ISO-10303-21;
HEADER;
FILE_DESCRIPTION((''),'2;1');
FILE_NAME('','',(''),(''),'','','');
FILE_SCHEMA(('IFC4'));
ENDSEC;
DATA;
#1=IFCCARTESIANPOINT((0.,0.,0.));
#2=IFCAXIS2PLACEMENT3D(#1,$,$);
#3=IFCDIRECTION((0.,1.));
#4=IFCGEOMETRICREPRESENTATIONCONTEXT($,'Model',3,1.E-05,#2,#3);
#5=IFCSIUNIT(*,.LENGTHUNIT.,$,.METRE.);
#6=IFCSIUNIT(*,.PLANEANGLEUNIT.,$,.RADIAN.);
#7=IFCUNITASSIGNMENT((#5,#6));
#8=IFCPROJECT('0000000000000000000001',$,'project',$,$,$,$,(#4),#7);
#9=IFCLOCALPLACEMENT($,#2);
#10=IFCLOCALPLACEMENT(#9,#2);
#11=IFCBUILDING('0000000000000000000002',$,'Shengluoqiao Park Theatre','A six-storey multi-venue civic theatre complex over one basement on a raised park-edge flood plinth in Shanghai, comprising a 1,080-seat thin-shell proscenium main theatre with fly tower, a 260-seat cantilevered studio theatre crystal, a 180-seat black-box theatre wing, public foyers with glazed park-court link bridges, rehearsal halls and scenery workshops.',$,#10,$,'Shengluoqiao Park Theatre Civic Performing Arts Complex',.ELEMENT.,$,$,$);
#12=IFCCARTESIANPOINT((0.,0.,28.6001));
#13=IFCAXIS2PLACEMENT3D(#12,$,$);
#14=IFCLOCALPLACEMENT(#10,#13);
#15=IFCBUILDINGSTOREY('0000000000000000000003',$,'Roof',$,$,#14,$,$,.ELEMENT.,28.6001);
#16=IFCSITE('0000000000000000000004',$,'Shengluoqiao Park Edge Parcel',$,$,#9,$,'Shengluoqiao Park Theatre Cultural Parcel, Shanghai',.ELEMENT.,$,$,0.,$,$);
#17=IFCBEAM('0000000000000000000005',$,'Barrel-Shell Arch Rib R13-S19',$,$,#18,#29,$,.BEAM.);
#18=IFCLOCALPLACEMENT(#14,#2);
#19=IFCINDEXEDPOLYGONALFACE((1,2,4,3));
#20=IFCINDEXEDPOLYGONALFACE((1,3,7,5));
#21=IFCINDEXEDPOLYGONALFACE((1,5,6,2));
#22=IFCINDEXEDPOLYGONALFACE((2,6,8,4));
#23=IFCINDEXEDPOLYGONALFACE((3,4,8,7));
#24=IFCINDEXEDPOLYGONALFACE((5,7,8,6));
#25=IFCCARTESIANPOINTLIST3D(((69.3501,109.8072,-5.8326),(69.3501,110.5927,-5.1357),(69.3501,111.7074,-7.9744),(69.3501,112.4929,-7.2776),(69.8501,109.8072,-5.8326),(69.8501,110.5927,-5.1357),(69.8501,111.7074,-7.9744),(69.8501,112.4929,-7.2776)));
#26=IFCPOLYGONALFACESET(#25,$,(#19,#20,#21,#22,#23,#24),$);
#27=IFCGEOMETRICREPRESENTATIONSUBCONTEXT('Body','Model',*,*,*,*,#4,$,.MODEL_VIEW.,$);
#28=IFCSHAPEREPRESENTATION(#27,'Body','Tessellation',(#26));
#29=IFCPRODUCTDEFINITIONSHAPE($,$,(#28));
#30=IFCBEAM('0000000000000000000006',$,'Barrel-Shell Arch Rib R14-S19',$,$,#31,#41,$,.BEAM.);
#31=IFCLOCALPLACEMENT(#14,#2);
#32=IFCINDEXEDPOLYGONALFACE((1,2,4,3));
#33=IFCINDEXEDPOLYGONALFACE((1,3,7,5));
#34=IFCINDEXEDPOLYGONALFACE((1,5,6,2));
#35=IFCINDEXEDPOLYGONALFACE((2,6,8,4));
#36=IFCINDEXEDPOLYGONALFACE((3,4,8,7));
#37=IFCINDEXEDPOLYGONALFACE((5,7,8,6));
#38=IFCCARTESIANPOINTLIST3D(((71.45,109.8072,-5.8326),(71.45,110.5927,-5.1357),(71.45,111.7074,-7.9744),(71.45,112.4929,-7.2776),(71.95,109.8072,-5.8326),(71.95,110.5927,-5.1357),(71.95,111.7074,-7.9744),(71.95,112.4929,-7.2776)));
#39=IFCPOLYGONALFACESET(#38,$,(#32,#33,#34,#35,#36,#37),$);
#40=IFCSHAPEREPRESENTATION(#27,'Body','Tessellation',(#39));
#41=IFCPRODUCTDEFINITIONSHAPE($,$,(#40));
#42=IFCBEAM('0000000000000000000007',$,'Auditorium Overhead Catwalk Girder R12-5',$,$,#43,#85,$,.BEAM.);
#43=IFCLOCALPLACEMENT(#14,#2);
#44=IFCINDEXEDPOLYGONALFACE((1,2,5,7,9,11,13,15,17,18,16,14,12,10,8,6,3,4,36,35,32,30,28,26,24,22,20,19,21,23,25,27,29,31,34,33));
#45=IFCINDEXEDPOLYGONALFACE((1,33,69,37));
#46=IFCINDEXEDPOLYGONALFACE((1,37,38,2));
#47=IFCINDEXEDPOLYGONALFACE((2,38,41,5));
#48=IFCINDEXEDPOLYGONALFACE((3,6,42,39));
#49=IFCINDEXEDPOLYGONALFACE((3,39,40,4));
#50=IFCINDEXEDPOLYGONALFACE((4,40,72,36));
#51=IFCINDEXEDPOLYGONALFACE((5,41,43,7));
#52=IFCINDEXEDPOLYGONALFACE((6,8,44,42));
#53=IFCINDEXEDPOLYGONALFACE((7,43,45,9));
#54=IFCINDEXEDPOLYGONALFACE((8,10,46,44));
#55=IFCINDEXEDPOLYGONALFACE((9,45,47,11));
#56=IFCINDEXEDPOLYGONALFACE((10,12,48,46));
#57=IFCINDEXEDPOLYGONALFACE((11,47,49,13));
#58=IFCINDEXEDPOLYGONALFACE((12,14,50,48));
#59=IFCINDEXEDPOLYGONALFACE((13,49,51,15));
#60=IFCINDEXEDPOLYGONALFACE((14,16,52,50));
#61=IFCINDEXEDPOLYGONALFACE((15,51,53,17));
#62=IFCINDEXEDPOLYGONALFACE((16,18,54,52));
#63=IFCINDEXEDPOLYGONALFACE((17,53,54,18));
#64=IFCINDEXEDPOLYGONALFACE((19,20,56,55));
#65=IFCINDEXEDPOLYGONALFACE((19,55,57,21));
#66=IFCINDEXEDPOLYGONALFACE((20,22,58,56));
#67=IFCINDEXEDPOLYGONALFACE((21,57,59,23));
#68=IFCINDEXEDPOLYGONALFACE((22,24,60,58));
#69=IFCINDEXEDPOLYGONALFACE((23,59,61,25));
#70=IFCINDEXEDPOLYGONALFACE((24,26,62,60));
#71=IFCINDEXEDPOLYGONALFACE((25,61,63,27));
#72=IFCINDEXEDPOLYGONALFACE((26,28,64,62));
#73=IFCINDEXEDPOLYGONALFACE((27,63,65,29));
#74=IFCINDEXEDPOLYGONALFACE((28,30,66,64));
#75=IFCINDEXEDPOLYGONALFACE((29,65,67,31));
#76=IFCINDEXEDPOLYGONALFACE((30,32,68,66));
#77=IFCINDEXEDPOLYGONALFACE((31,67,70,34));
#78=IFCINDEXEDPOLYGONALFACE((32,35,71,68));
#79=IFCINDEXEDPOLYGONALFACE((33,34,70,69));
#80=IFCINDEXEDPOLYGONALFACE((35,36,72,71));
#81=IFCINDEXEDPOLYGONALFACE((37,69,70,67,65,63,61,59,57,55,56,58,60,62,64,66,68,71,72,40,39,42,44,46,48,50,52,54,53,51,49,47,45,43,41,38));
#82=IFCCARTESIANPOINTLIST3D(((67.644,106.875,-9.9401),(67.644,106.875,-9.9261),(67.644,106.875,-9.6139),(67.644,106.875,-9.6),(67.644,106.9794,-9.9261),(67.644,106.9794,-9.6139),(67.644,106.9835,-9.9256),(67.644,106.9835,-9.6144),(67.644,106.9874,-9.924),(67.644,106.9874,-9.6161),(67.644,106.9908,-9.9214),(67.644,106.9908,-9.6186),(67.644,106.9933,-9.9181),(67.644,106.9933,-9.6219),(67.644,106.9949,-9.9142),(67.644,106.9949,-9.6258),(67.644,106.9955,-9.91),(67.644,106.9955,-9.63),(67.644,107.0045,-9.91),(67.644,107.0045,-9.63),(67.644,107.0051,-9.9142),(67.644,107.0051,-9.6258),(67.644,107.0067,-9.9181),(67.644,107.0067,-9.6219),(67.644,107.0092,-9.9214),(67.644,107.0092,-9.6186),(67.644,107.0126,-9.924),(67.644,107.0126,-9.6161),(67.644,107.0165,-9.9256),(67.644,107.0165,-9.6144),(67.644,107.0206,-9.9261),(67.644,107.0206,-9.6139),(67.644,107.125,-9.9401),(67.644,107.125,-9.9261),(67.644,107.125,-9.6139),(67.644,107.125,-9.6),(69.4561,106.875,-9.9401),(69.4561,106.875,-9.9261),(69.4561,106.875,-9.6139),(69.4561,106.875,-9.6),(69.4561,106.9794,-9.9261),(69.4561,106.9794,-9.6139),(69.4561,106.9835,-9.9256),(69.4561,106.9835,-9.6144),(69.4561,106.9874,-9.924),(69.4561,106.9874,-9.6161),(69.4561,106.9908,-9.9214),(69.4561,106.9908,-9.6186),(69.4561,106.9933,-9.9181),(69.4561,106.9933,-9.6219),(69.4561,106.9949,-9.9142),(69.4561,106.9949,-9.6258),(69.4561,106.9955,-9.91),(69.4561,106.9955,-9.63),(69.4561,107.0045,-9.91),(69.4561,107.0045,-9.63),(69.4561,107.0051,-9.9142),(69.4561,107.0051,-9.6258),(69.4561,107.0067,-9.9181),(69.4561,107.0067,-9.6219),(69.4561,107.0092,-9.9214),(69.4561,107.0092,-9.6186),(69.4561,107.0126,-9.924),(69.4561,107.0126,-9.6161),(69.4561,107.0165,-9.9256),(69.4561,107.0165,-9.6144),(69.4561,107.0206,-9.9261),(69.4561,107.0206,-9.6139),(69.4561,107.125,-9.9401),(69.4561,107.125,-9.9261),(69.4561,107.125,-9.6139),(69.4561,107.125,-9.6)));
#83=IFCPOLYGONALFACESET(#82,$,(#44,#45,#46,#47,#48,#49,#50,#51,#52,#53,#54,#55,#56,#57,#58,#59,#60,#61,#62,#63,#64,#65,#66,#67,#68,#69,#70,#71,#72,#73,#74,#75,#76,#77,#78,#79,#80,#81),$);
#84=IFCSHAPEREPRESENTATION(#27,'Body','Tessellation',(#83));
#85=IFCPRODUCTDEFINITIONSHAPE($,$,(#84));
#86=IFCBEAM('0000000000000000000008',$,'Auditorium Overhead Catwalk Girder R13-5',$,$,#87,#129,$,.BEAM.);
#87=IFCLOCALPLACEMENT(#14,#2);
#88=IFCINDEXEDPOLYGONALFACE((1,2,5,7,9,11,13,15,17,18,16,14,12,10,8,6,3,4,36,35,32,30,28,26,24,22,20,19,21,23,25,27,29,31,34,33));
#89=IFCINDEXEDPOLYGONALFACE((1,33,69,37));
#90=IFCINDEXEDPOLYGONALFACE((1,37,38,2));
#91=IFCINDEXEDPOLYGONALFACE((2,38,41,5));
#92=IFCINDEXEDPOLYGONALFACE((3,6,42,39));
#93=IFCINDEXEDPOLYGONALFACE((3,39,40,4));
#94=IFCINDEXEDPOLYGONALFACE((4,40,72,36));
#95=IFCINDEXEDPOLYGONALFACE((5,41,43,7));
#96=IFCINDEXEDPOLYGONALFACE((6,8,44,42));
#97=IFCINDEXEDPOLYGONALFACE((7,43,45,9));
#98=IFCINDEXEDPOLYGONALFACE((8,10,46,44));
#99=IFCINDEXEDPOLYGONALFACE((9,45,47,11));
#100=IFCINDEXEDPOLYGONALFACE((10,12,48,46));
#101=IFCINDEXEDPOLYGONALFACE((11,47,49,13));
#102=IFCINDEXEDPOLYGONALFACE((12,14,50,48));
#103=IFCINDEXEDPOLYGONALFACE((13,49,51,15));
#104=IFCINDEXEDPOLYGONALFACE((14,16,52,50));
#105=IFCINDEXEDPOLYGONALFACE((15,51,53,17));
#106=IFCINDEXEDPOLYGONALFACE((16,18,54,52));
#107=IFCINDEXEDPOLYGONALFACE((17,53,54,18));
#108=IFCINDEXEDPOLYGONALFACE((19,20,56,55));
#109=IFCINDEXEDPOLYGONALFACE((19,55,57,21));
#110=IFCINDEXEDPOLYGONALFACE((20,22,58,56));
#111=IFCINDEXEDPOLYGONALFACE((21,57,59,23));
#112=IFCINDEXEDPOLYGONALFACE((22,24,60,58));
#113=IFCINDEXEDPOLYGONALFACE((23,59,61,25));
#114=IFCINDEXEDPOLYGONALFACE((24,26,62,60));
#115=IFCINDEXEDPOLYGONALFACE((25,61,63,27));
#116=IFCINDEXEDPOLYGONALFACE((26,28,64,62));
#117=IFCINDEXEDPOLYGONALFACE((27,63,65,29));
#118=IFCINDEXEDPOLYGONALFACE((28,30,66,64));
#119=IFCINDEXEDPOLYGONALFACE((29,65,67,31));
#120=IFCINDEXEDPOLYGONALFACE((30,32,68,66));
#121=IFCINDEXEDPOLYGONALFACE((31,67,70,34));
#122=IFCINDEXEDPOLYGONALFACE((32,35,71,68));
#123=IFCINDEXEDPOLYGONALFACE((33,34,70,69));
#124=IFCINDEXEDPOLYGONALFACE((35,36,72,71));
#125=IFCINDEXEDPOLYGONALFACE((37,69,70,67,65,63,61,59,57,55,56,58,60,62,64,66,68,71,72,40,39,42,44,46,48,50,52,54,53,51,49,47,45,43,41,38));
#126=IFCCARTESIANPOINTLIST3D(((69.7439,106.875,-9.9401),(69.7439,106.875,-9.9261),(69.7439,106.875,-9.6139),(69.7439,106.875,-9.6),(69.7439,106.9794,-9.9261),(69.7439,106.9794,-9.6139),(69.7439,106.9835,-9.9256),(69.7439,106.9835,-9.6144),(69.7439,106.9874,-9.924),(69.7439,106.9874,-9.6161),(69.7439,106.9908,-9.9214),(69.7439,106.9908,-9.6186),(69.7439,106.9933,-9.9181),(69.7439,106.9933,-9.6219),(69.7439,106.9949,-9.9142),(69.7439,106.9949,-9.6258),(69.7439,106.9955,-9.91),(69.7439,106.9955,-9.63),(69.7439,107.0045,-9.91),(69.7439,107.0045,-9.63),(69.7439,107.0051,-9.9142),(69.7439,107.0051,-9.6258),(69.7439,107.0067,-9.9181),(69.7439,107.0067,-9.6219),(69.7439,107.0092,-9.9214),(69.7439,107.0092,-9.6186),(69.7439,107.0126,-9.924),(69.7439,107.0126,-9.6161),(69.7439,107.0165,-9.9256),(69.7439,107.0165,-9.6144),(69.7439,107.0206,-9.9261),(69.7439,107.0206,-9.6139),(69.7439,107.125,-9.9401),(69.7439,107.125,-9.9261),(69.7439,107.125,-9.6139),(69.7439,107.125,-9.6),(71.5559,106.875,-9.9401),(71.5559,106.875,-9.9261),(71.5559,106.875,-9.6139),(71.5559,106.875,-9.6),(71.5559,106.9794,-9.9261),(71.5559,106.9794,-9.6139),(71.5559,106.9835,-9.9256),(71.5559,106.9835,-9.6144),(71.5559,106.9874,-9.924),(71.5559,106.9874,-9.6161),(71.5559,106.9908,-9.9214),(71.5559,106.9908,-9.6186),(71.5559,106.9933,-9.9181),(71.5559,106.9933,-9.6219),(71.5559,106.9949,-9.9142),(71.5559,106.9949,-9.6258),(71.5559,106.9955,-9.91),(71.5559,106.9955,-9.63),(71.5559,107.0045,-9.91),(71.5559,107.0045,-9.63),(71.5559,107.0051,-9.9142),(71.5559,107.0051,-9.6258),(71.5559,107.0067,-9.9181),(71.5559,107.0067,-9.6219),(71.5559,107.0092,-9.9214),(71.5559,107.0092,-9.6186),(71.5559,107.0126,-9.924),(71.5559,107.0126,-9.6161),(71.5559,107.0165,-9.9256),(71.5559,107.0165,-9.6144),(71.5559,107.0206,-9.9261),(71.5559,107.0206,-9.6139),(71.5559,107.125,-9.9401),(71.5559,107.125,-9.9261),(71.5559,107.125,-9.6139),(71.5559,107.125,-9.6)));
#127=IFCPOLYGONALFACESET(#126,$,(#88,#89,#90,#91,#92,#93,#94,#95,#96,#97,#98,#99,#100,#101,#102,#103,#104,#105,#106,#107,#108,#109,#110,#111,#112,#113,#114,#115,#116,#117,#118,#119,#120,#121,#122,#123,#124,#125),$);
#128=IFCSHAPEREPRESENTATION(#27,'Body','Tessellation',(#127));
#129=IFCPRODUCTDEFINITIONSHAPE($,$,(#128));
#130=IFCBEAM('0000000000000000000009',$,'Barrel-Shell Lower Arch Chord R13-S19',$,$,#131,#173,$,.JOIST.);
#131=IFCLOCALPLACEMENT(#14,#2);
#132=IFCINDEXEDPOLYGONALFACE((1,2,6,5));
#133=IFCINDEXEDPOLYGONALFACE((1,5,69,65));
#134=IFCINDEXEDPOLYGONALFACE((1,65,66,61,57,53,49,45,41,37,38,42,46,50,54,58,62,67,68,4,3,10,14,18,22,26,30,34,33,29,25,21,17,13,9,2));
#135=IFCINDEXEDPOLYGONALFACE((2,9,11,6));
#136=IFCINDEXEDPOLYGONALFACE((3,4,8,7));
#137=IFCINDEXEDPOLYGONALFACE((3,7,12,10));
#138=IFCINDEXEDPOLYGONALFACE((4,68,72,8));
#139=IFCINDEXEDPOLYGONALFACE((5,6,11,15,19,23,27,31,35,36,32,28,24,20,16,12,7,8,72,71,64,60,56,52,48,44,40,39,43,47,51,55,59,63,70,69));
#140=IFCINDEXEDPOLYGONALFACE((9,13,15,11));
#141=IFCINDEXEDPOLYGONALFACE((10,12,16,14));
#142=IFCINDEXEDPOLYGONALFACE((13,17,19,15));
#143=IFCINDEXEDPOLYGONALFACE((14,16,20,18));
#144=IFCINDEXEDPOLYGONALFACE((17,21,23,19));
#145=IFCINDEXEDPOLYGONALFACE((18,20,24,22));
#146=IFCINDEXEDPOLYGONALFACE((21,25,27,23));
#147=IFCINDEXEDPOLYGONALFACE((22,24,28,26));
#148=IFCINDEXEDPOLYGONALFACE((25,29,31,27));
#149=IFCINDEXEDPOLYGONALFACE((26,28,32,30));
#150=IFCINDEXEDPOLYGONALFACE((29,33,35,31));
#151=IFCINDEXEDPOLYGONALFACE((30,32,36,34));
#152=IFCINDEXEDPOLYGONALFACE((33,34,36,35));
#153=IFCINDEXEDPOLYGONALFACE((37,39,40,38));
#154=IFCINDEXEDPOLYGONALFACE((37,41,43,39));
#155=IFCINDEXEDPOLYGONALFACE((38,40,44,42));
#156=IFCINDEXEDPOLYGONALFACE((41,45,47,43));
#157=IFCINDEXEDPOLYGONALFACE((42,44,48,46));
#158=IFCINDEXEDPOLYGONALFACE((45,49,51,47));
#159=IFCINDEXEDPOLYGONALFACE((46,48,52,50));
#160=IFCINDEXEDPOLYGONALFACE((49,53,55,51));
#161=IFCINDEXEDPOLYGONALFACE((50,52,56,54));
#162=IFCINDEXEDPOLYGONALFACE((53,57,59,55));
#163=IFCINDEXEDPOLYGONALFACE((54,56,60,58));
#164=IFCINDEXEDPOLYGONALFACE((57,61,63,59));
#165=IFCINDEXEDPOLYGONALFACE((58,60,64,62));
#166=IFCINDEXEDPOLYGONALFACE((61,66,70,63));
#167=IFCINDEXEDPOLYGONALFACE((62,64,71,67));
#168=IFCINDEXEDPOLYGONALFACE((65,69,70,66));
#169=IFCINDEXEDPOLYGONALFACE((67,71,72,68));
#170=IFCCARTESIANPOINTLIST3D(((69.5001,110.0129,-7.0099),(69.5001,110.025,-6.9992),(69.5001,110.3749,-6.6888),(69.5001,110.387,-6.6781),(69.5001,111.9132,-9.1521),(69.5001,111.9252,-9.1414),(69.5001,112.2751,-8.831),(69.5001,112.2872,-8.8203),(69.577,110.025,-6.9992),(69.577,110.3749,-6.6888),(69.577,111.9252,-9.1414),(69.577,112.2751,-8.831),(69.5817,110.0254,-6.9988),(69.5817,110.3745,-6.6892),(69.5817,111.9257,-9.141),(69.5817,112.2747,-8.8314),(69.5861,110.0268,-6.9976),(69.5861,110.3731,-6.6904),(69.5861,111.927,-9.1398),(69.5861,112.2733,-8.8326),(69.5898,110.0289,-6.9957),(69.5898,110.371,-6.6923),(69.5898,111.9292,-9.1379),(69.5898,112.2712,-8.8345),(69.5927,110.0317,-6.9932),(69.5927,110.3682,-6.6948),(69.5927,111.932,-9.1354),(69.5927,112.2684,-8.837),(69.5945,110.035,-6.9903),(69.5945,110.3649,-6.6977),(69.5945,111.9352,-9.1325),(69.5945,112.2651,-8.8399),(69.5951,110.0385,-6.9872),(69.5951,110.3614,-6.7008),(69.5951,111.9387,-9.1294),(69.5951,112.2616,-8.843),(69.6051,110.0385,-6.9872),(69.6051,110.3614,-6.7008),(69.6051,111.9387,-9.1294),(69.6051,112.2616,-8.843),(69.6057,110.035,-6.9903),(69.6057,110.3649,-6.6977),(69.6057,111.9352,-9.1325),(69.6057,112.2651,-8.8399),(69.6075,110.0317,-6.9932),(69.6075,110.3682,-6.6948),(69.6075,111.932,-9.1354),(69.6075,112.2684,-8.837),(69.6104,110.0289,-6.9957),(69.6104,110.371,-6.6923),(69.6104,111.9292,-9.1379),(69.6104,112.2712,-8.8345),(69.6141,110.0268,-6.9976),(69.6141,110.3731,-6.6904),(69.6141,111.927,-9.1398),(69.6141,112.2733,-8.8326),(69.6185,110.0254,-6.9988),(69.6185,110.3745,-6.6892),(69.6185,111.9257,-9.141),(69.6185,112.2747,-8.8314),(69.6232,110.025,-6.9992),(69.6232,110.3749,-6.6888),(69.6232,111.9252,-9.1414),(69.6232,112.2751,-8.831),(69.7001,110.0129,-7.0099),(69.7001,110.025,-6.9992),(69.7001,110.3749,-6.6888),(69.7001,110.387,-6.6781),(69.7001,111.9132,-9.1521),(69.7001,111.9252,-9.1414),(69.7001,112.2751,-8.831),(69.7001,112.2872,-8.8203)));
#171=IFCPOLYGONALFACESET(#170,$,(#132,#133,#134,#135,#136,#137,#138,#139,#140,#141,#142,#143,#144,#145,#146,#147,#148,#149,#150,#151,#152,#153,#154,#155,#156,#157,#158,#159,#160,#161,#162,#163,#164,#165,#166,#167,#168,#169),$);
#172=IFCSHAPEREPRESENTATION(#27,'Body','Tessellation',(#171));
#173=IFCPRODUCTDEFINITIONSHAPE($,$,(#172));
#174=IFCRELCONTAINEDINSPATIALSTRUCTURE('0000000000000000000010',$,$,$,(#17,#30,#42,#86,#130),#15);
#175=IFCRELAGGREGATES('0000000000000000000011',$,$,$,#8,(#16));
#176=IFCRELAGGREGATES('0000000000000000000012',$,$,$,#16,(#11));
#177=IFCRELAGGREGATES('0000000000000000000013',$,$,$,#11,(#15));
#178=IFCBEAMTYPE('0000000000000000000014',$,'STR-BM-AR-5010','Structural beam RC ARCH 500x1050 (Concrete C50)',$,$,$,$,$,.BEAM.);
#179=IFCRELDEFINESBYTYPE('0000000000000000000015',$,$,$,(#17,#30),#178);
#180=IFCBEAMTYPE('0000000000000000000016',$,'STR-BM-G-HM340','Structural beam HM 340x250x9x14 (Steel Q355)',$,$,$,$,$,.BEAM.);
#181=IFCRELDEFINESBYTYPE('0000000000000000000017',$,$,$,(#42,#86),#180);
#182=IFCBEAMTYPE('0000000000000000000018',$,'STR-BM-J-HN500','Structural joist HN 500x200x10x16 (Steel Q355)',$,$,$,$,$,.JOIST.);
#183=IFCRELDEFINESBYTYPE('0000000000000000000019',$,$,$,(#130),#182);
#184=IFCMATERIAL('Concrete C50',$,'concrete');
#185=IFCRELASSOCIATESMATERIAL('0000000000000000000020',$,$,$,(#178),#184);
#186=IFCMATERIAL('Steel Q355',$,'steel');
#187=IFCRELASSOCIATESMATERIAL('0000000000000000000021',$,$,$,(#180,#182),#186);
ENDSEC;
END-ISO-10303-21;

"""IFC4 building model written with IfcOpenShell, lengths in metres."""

from ifc_helpers import new_model, si_unit, direction, frame, origin, origin_2d, place, context, subcontext, project, spatial, rectangle, i_section, extrude, material, material_profile, profile_set, type_object, element, save


model = new_model("IFC4")

# Units and contexts
model_context = context("Model", 3, precision=1e-05, world=origin(), true_north=direction((0.0, 1.0)))
body_context = subcontext(model_context, "Body", "Model", "MODEL_VIEW")
ifc_project = project(units=[si_unit("LENGTHUNIT", "METRE"), si_unit("PLANEANGLEUNIT", "RADIAN")], contexts=[model_context])

# Site, building, storey
site_placement = place(None, origin())
site = spatial("IfcSite", under=ifc_project, at=site_placement, Name="Shengluoqiao Park Edge Parcel", LongName="Shengluoqiao Park Theatre Cultural Parcel, Shanghai", CompositionType="ELEMENT", RefElevation=0.0)
building_placement = place(site_placement, origin())
building = spatial("IfcBuilding", under=site, at=building_placement, Name="Shengluoqiao Park Theatre", Description="A six-storey multi-venue civic theatre complex over one basement on a raised park-edge flood plinth in Shanghai, comprising a 1,080-seat thin-shell proscenium main theatre with fly tower, a 260-seat cantilevered studio theatre crystal, a 180-seat black-box theatre wing, public foyers with glazed park-court link bridges, rehearsal halls and scenery workshops.", LongName="Shengluoqiao Park Theatre Civic Performing Arts Complex", CompositionType="ELEMENT")
storey_placement = place(building_placement, frame((0.0, 0.0, 28.6001)))
storey = spatial("IfcBuildingStorey", under=building, at=storey_placement, Name="Roof", CompositionType="ELEMENT", Elevation=28.6001)

# Beams
ifc_material_1 = material(Name="Concrete C50", Category="concrete")
ifc_material_profile_1 = material_profile(ifc_material_1, rectangle(XDim=0.5, YDim=1.05, at=origin_2d()), Name="RC ARCH 500x1050")
ifc_profile_set_1 = profile_set([ifc_material_profile_1], Name="Concrete C50")
beam_type_1 = type_object("IfcBeamType", Name="STR-BM-AR-5010", Description="Structural beam RC ARCH 500x1050 (Concrete C50)", PredefinedType="BEAM", material=ifc_profile_set_1)
for number, where, z_axis, x_axis, name in (
    (1, (69.6001, 110.2, -5.4841), (0.0, 0.663638, -0.748053), (-1.0, 0.0, 0.0), "Barrel-Shell Arch Rib R13-S19"),
    (2, (71.7, 110.2, -5.4841), (0.0, 0.663638, -0.748053), (-1.0, 0.0, 0.0), "Barrel-Shell Arch Rib R14-S19"),
):
    element("IfcBeam", number, at=place(storey_placement, frame(where, z_axis=z_axis, x_axis=x_axis)), inside=storey, type_object=beam_type_1, Name=name, PredefinedType="BEAM", context=body_context, shape_type="SweptSolid", body=[
        extrude(rectangle(XDim=0.5, YDim=1.05, at=origin_2d()), origin(), (0.0, 0.0, 1.0), 2.8633),
    ])
ifc_material_2 = material(Name="Steel Q355", Category="steel")
ifc_material_profile_2 = material_profile(ifc_material_2, i_section(OverallWidth=0.25, OverallDepth=0.3401, WebThickness=0.009, FlangeThickness=0.0139, FilletRadius=0.0161, at=origin_2d()), Name="HM 340x250x9x14")
ifc_profile_set_2 = profile_set([ifc_material_profile_2], Name="Steel Q355")
beam_type_2 = type_object("IfcBeamType", Name="STR-BM-G-HM340", Description="Structural beam HM 340x250x9x14 (Steel Q355)", PredefinedType="BEAM", material=ifc_profile_set_2)
for number, where, z_axis, x_axis, name in (
    (3, (67.644, 107.0, -9.77), (1.0, 0.0, 0.0), (0.0, 1.0, 0.0), "Auditorium Overhead Catwalk Girder R12-5"),
    (4, (69.7439, 107.0, -9.77), (1.0, 0.0, 0.0), (0.0, 1.0, 0.0), "Auditorium Overhead Catwalk Girder R13-5"),
):
    element("IfcBeam", number, at=place(storey_placement, frame(where, z_axis=z_axis, x_axis=x_axis)), inside=storey, type_object=beam_type_2, Name=name, PredefinedType="BEAM", context=body_context, shape_type="SweptSolid", body=[
        extrude(i_section(OverallWidth=0.25, OverallDepth=0.3401, WebThickness=0.009, FlangeThickness=0.0139, FilletRadius=0.0161, at=origin_2d()), origin(), (0.0, 0.0, 1.0), 1.812),
    ])
ifc_material_profile_3 = material_profile(ifc_material_2, i_section(OverallWidth=0.2, OverallDepth=0.5, WebThickness=0.01, FlangeThickness=0.0161, FilletRadius=0.0181, at=origin_2d()), Name="HN 500x200x10x16")
ifc_profile_set_3 = profile_set([ifc_material_profile_3], Name="Steel Q355")
beam_type_3 = type_object("IfcBeamType", Name="STR-BM-J-HN500", Description="Structural joist HN 500x200x10x16 (Steel Q355)", PredefinedType="JOIST", material=ifc_profile_set_3)
for number, where, z_axis, x_axis, name in (
    (5, (69.6001, 110.2, -6.844), (0.0, 0.663596, -0.748091), (-1.0, 0.0, 0.0), "Barrel-Shell Lower Arch Chord R13-S19"),
):
    element("IfcBeam", number, at=place(storey_placement, frame(where, z_axis=z_axis, x_axis=x_axis)), inside=storey, type_object=beam_type_3, Name=name, PredefinedType="JOIST", context=body_context, shape_type="SweptSolid", body=[
        extrude(i_section(OverallWidth=0.2, OverallDepth=0.5, WebThickness=0.01, FlangeThickness=0.0161, FilletRadius=0.0181, at=origin_2d()), origin(), (0.0, 0.0, 1.0), 2.8635),
    ])

save(model, "model.ifc")
